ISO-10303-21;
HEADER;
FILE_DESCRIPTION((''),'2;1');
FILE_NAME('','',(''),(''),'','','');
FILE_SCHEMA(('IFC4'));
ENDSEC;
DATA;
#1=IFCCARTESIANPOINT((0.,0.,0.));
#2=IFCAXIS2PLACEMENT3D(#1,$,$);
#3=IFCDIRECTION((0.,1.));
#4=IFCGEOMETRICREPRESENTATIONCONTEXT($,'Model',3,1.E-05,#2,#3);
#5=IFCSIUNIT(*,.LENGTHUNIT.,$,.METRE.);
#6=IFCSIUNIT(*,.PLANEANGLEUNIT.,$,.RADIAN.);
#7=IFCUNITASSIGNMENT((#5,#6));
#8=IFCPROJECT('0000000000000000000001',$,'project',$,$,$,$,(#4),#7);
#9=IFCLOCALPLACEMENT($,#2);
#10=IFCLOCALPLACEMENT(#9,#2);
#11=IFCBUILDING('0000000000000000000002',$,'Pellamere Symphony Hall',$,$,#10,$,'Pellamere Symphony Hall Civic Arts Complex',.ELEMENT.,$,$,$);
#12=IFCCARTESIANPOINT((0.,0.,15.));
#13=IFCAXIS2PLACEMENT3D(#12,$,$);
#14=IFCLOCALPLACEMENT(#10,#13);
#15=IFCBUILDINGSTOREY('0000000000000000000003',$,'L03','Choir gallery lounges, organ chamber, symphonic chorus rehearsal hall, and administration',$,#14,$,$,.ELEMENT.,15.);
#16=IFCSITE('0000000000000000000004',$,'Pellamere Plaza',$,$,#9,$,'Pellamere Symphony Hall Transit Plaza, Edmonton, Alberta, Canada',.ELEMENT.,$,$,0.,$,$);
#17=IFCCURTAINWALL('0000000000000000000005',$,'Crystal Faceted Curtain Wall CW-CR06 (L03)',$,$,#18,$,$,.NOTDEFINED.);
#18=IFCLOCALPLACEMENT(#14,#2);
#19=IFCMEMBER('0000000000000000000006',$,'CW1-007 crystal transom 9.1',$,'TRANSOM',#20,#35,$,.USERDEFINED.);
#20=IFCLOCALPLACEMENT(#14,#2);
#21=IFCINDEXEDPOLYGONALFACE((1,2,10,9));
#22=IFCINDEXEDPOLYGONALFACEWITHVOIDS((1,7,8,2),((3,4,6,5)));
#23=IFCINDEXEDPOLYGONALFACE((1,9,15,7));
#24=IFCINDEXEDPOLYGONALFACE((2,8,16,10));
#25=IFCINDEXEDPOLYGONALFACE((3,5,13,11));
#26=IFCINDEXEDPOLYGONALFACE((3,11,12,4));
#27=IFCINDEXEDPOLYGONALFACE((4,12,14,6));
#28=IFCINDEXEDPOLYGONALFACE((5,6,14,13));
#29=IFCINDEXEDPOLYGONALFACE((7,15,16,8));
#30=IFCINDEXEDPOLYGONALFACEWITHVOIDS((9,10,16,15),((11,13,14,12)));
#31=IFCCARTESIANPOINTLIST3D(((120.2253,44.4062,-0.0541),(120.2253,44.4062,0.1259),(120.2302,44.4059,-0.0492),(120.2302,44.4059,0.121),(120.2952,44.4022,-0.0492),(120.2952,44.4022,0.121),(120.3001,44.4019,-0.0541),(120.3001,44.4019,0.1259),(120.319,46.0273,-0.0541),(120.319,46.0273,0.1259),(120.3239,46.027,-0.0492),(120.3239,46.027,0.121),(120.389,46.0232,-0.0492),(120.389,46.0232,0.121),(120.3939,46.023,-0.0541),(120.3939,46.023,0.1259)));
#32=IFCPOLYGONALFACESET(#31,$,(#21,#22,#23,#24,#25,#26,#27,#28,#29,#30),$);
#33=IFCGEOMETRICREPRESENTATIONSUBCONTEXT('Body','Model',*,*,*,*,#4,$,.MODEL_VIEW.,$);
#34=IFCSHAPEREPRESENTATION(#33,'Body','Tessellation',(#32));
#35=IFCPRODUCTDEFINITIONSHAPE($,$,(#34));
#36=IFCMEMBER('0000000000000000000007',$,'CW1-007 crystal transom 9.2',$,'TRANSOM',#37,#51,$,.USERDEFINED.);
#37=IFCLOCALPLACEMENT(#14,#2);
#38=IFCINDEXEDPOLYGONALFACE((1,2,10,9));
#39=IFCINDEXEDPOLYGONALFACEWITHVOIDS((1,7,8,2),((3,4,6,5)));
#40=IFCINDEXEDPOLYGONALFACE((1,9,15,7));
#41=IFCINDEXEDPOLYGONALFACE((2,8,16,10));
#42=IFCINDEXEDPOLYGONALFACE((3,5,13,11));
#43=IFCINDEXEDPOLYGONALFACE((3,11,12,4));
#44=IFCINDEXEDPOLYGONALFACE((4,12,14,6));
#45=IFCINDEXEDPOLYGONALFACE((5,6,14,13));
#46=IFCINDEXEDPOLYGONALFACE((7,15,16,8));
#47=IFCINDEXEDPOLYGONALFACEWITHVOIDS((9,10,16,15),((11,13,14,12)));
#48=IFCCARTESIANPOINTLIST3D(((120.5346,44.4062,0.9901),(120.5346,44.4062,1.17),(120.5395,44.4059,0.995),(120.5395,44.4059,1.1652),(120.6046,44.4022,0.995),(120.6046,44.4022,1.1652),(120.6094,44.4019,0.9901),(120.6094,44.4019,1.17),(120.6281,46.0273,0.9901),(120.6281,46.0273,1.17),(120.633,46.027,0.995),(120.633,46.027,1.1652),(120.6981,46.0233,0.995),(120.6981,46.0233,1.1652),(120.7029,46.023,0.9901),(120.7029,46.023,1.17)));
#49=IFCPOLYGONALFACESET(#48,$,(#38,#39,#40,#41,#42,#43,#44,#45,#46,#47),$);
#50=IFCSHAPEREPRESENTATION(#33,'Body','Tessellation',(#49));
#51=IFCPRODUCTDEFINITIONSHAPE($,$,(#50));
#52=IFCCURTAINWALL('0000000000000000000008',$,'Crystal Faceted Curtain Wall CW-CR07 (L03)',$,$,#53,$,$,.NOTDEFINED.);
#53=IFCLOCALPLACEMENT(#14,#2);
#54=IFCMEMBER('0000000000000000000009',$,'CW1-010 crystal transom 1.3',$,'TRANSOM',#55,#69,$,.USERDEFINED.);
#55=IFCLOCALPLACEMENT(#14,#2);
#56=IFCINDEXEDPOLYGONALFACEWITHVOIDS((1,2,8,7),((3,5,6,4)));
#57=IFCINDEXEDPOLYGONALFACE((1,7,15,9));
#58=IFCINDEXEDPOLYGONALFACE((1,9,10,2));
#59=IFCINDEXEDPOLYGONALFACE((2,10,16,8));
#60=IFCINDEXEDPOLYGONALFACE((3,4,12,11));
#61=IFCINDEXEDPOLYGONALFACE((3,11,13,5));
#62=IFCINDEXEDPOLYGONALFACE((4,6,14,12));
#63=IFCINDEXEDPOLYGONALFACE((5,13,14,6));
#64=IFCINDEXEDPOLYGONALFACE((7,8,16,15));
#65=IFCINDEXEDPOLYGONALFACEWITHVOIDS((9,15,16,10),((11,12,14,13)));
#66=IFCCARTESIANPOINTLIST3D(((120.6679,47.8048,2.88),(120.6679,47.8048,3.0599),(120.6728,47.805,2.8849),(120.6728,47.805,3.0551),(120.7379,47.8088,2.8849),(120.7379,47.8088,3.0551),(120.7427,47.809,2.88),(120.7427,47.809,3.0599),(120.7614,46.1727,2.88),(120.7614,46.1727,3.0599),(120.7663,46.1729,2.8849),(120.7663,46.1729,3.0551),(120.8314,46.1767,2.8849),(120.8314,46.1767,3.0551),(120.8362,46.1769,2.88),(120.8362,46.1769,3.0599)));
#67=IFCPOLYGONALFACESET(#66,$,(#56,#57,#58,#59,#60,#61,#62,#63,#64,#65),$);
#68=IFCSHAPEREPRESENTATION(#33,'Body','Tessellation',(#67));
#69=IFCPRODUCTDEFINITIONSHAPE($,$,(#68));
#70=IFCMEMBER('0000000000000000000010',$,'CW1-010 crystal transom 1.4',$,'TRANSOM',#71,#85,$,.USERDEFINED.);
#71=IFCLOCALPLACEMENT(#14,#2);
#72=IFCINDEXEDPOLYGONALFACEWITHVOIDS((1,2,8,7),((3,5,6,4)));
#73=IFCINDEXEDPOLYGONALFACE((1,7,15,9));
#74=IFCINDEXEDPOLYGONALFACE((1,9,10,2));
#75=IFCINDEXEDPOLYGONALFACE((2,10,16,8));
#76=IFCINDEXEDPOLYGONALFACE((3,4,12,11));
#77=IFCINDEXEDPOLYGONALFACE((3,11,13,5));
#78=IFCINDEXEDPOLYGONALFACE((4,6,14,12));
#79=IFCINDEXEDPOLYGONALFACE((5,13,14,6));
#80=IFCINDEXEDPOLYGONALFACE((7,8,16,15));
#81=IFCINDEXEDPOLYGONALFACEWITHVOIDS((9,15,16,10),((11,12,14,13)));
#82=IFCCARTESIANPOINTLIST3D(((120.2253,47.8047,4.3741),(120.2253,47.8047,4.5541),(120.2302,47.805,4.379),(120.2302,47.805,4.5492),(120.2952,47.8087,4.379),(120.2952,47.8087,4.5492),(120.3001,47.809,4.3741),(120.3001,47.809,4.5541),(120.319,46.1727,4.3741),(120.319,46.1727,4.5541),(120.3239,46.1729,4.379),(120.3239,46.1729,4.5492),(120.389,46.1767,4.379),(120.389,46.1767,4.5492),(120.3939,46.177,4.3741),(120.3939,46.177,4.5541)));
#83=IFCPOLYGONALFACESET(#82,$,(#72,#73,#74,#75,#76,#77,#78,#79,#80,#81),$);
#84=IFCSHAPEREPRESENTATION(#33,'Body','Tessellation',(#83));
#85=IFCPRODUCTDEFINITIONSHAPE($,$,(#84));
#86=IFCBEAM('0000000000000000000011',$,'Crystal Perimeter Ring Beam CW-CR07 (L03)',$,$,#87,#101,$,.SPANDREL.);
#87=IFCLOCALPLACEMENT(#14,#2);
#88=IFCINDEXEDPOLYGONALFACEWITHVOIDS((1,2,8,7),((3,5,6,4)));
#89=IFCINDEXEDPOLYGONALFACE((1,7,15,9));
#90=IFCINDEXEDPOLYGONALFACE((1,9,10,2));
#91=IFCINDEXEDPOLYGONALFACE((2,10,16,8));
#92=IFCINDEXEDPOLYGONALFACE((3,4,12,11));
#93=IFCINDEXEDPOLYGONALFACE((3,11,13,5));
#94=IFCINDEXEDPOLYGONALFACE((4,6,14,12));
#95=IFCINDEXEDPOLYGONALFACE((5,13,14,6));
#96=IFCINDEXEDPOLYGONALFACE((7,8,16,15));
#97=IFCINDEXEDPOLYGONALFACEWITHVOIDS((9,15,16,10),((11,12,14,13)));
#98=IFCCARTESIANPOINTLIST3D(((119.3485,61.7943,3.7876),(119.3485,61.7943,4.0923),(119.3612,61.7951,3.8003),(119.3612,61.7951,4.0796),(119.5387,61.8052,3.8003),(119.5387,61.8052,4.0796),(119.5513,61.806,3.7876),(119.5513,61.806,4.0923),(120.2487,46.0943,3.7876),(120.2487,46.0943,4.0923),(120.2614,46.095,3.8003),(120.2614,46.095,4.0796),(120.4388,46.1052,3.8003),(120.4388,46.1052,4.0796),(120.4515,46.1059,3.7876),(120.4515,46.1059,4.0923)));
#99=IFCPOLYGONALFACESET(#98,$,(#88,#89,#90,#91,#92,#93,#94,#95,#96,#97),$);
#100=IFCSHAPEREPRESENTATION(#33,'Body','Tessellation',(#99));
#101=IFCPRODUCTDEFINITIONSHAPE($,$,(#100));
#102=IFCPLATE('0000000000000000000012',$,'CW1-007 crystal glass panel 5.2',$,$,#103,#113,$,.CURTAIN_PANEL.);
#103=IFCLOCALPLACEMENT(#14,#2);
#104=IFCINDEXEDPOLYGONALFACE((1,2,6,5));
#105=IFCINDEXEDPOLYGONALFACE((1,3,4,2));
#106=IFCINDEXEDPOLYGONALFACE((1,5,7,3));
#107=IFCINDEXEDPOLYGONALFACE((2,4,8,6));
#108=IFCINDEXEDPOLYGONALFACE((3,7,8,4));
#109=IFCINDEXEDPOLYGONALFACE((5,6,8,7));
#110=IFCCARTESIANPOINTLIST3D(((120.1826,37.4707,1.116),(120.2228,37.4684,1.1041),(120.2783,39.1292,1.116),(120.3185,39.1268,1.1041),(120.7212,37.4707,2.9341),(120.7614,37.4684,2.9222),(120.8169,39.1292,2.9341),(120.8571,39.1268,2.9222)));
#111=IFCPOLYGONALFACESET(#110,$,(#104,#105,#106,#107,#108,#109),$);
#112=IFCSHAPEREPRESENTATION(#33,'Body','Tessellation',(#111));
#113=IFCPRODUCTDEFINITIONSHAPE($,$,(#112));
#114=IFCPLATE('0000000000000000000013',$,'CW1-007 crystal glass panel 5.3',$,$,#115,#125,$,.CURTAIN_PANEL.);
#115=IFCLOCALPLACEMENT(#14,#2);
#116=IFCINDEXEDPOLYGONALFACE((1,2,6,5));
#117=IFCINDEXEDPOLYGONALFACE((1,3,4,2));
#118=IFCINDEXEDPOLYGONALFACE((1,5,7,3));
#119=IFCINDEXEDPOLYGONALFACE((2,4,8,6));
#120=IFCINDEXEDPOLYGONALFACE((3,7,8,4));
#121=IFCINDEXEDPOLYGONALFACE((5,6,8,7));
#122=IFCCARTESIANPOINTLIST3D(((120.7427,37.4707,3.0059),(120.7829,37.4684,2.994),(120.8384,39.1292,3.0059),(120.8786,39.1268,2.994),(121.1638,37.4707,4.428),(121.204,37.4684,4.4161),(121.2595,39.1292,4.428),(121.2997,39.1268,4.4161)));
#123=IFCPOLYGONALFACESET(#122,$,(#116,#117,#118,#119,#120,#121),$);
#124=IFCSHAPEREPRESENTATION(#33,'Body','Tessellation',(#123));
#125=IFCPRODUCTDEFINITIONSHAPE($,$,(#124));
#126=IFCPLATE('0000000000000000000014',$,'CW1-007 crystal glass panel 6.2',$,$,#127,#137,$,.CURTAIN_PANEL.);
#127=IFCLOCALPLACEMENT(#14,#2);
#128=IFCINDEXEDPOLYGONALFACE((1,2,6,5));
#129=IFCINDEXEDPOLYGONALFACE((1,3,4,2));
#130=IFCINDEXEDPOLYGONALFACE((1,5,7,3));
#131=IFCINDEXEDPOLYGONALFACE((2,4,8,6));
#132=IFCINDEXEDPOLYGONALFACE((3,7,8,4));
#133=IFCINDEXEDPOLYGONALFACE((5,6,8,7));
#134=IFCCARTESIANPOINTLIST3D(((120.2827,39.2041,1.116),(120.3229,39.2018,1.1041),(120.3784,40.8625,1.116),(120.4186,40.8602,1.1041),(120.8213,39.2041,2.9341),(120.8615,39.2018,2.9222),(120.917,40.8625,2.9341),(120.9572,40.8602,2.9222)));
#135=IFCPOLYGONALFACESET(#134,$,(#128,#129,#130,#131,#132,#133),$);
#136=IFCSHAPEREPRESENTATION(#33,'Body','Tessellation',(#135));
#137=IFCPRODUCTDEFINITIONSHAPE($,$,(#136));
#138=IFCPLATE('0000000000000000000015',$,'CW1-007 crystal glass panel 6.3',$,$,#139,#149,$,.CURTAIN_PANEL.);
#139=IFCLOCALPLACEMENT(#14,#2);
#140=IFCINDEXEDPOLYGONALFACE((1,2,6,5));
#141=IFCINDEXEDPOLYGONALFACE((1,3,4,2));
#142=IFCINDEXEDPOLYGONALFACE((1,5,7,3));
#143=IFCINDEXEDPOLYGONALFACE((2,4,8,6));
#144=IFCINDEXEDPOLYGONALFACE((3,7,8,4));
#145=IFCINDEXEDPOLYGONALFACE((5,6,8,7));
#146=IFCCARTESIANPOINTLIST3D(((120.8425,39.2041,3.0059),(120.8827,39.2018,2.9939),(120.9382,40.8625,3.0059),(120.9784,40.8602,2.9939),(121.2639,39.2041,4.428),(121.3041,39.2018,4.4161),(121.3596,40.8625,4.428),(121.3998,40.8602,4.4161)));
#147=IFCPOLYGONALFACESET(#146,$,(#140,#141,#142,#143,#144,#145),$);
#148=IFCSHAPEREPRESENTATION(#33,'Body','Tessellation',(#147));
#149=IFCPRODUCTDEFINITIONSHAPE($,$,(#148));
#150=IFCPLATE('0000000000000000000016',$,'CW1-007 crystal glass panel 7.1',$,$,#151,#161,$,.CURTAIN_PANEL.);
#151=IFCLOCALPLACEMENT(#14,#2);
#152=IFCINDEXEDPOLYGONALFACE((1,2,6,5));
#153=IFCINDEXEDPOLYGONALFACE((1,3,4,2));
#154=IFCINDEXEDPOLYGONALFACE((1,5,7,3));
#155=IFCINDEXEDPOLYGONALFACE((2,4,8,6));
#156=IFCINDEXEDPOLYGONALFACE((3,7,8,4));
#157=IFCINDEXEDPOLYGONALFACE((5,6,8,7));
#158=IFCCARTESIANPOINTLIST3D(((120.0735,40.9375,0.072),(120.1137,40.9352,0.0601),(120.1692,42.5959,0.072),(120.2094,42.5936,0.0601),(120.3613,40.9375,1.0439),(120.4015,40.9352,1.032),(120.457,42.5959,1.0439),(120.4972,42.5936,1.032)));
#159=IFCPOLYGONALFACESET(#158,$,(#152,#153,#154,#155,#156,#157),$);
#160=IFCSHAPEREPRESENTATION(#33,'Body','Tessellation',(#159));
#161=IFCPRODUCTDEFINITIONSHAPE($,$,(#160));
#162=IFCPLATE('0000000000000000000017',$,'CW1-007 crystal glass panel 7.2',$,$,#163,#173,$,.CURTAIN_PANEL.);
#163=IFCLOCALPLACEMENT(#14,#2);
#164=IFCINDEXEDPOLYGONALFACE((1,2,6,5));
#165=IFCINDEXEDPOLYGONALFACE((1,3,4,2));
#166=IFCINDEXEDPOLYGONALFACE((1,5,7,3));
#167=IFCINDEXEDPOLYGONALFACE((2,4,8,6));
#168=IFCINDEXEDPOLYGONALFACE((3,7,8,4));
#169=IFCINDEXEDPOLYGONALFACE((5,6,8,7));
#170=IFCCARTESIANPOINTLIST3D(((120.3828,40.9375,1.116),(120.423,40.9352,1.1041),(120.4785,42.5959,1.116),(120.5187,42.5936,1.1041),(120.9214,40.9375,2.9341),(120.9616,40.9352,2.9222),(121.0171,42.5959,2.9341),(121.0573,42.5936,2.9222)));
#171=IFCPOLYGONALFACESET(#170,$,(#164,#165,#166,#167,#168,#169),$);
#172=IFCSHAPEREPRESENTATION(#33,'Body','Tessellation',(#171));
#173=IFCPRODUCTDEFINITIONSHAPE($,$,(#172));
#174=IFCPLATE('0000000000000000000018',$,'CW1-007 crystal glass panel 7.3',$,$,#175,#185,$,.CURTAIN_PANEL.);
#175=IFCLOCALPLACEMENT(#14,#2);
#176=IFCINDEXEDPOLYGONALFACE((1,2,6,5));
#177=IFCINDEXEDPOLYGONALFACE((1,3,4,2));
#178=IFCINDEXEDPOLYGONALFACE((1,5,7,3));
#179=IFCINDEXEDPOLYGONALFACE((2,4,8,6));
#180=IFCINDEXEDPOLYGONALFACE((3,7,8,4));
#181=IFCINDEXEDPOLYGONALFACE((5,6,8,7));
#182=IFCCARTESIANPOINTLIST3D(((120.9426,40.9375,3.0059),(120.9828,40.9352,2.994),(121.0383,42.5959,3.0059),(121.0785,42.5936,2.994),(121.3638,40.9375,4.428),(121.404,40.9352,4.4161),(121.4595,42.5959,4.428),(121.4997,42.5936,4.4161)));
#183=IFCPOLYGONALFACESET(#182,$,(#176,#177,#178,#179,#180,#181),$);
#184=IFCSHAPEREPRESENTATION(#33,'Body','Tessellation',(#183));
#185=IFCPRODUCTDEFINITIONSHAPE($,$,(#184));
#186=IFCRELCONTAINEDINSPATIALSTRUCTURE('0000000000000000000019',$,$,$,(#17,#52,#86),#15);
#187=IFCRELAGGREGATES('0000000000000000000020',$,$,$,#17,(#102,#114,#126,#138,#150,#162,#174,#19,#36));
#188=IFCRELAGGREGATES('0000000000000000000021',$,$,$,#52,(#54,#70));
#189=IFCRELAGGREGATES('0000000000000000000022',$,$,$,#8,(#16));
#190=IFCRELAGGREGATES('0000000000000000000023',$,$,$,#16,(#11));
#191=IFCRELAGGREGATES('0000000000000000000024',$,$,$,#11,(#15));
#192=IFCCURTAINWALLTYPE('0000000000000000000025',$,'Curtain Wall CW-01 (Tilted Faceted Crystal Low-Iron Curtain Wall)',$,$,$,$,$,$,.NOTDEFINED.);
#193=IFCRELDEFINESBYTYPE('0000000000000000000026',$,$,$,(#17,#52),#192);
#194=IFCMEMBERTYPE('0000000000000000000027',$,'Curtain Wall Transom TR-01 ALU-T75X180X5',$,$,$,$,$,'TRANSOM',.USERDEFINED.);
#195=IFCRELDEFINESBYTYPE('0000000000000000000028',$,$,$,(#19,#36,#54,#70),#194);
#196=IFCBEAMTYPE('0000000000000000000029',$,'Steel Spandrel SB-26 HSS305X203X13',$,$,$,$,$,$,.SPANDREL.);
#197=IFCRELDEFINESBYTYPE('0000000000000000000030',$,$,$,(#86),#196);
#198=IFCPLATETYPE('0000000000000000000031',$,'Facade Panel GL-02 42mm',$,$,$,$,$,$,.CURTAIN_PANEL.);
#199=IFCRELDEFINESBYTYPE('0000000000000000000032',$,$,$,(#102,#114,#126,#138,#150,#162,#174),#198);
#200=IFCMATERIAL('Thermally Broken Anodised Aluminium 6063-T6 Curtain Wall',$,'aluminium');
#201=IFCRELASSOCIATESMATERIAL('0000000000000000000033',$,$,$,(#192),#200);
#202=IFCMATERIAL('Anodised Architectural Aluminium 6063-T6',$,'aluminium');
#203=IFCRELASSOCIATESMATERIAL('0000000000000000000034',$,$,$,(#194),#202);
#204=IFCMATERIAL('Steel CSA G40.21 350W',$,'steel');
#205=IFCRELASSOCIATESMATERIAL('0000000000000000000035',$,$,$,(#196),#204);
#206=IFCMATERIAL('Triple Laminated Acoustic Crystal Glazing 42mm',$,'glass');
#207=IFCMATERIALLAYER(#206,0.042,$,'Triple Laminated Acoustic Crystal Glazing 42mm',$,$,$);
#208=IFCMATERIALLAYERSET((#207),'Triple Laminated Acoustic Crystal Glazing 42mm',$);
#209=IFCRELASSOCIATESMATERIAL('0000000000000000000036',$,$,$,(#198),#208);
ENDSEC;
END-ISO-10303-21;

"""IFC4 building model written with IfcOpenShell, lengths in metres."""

from ifc_helpers import new_model, si_unit, direction, frame, origin, origin_2d, place, context, subcontext, project, spatial, polyline, hollow_rectangle, outline, extrude, material, layer, layer_set, material_profile, profile_set, type_object, element, aggregate, save


model = new_model("IFC4")

# Units and contexts
model_context = context("Model", 3, precision=1e-05, world=origin(), true_north=direction((0.0, 1.0)))
body_context = subcontext(model_context, "Body", "Model", "MODEL_VIEW")
ifc_project = project(units=[si_unit("LENGTHUNIT", "METRE"), si_unit("PLANEANGLEUNIT", "RADIAN")], contexts=[model_context])

# Site, building, storey
site_placement = place(None, origin())
site = spatial("IfcSite", under=ifc_project, at=site_placement, Name="Pellamere Plaza", LongName="Pellamere Symphony Hall Transit Plaza, Edmonton, Alberta, Canada", CompositionType="ELEMENT", RefElevation=0.0)
building_placement = place(site_placement, origin())
building = spatial("IfcBuilding", under=site, at=building_placement, Name="Pellamere Symphony Hall", LongName="Pellamere Symphony Hall Civic Arts Complex", CompositionType="ELEMENT")
storey_placement = place(building_placement, frame((0.0, 0.0, 15.0)))
storey = spatial("IfcBuildingStorey", under=building, at=storey_placement, Name="L03", Description="Choir gallery lounges, organ chamber, symphonic chorus rehearsal hall, and administration", CompositionType="ELEMENT", Elevation=15.0)

# Curtain walls, members
ifc_material_1 = material(Name="Thermally Broken Anodised Aluminium 6063-T6 Curtain Wall", Category="aluminium")
curtain_wall_type = type_object("IfcCurtainWallType", Name="Curtain Wall CW-01 (Tilted Faceted Crystal Low-Iron Curtain Wall)", PredefinedType="NOTDEFINED", material=ifc_material_1)
curtain_wall_1_placement = place(storey_placement, origin())
curtain_wall_1 = element("IfcCurtainWall", 1, at=curtain_wall_1_placement, inside=storey, type_object=curtain_wall_type, Name="Crystal Faceted Curtain Wall CW-CR06 (L03)", PredefinedType="NOTDEFINED")
ifc_material_2 = material(Name="Anodised Architectural Aluminium 6063-T6", Category="aluminium")
ifc_material_profile_1 = material_profile(ifc_material_2, hollow_rectangle(XDim=0.075, YDim=0.1799, WallThickness=0.0049, at=origin_2d()), Name="ALU-T75X180X5")
ifc_profile_set_1 = profile_set([ifc_material_profile_1], Name="Anodised Architectural Aluminium 6063-T6")
member_type_1 = type_object("IfcMemberType", Name="Curtain Wall Transom TR-01 ALU-T75X180X5", ElementType="TRANSOM", PredefinedType="USERDEFINED", material=ifc_profile_set_1)
member_1_placement = place(storey_placement, frame((120.2627, 44.4041, 0.0359), z_axis=(0.057735, 0.998332, 0.0), x_axis=(-0.998332, 0.057735, 0.0)))
member_1 = element("IfcMember", 2, at=member_1_placement, type_object=member_type_1, Name="CW1-007 crystal transom 9.1", ObjectType="TRANSOM", PredefinedType="USERDEFINED", context=body_context, shape_type="SweptSolid", body=[
    extrude(hollow_rectangle(XDim=0.075, YDim=0.1799, WallThickness=0.0049, at=origin_2d()), origin(), (0.0, 0.0, 1.0), 1.6238),
])
member_2_placement = place(storey_placement, frame((120.572, 44.4041, 1.0801), z_axis=(0.057585, 0.998341, 0.0), x_axis=(-0.998341, 0.057585, 0.0)))
member_2 = element("IfcMember", 3, at=member_2_placement, type_object=member_type_1, Name="CW1-007 crystal transom 9.2", ObjectType="TRANSOM", PredefinedType="USERDEFINED", context=body_context, shape_type="SweptSolid", body=[
    extrude(hollow_rectangle(XDim=0.075, YDim=0.1799, WallThickness=0.0049, at=origin_2d()), origin(), (0.0, 0.0, 1.0), 1.6238),
])
curtain_wall_2_placement = place(storey_placement, origin())
curtain_wall_2 = element("IfcCurtainWall", 4, at=curtain_wall_2_placement, inside=storey, type_object=curtain_wall_type, Name="Crystal Faceted Curtain Wall CW-CR07 (L03)", PredefinedType="NOTDEFINED")
member_3_placement = place(storey_placement, frame((120.7988, 46.1748, 2.97), z_axis=(-0.057199, 0.998363, 0.0), x_axis=(-0.998363, -0.057199, 0.0)))
member_3 = element("IfcMember", 5, at=member_3_placement, type_object=member_type_1, Name="CW1-010 crystal transom 1.3", ObjectType="TRANSOM", PredefinedType="USERDEFINED", context=body_context, shape_type="SweptSolid", body=[
    extrude(hollow_rectangle(XDim=0.075, YDim=0.1799, WallThickness=0.0049, at=origin_2d()), origin(), (0.0, 0.0, 1.0), 1.6348),
])
member_4_placement = place(storey_placement, frame((120.3564, 46.1748, 4.4641), z_axis=(-0.057348, 0.998354, 0.0), x_axis=(-0.998354, -0.057348, 0.0)))
member_4 = element("IfcMember", 6, at=member_4_placement, type_object=member_type_1, Name="CW1-010 crystal transom 1.4", ObjectType="TRANSOM", PredefinedType="USERDEFINED", context=body_context, shape_type="SweptSolid", body=[
    extrude(hollow_rectangle(XDim=0.075, YDim=0.1799, WallThickness=0.0049, at=origin_2d()), origin(), (0.0, 0.0, 1.0), 1.6348),
])

# Beam
ifc_material_3 = material(Name="Steel CSA G40.21 350W", Category="steel")
ifc_material_profile_2 = material_profile(ifc_material_3, hollow_rectangle(XDim=0.2031, YDim=0.3047, WallThickness=0.0127, at=origin_2d()), Name="HSS305X203X13")
ifc_profile_set_2 = profile_set([ifc_material_profile_2], Name="Steel CSA G40.21 350W")
beam_type = type_object("IfcBeamType", Name="Steel Spandrel SB-26 HSS305X203X13", PredefinedType="SPANDREL", material=ifc_profile_set_2)
beam_placement = place(storey_placement, frame((120.3501, 46.1001, 3.9399), z_axis=(-0.05724, 0.99836, 0.0), x_axis=(-0.99836, -0.05724, 0.0)))
element("IfcBeam", 7, at=beam_placement, inside=storey, type_object=beam_type, Name="Crystal Perimeter Ring Beam CW-CR07 (L03)", PredefinedType="SPANDREL", context=body_context, shape_type="SweptSolid", body=[
    extrude(hollow_rectangle(XDim=0.2031, YDim=0.3047, WallThickness=0.0127, at=origin_2d()), origin(), (0.0, 0.0, 1.0), 15.7258),
])

# Plates
ifc_material_4 = material(Name="Triple Laminated Acoustic Crystal Glazing 42mm", Category="glass")
ifc_layer_1 = layer(ifc_material_4, 0.042, Name="Triple Laminated Acoustic Crystal Glazing 42mm")
ifc_layer_set_1 = layer_set([ifc_layer_1], Name="Triple Laminated Acoustic Crystal Glazing 42mm")
plate_type_1 = type_object("IfcPlateType", Name="Facade Panel GL-02 42mm", PredefinedType="CURTAIN_PANEL", material=ifc_layer_set_1)
plate_1_placement = place(storey_placement, frame((120.1826, 37.4707, 1.116), z_axis=(-0.957352, 0.055245, 0.283593), x_axis=(0.057611, 0.998339, 0.0)))
plate_1 = element("IfcPlate", 8, at=plate_1_placement, type_object=plate_type_1, Name="CW1-007 crystal glass panel 5.2", PredefinedType="CURTAIN_PANEL", context=body_context, shape_type="SweptSolid", body=[
    extrude(outline(polyline([(0.0, 0.0), (1.6612, 0.0), (1.6922, -1.896), (0.031, -1.896), (0.0, 0.0)])), origin(), (0.0, 0.0, -1.0), 0.042),
])
plate_2_placement = place(storey_placement, frame((120.7427, 37.4707, 3.0059), z_axis=(-0.957375, 0.055247, 0.283515), x_axis=(0.057611, 0.998339, 0.0)))
plate_2 = element("IfcPlate", 9, at=plate_2_placement, type_object=plate_type_1, Name="CW1-007 crystal glass panel 5.3", PredefinedType="CURTAIN_PANEL", context=body_context, shape_type="SweptSolid", body=[
    extrude(outline(polyline([(0.0, 0.0), (1.6612, 0.0), (1.6855, -1.483), (0.0243, -1.483), (0.0, 0.0)])), origin(), (0.0, 0.0, -1.0), 0.042),
])
plate_3_placement = place(storey_placement, frame((120.2827, 39.2041, 1.116), z_axis=(-0.957352, 0.055245, 0.283593), x_axis=(0.057611, 0.998339, 0.0)))
plate_3 = element("IfcPlate", 10, at=plate_3_placement, type_object=plate_type_1, Name="CW1-007 crystal glass panel 6.2", PredefinedType="CURTAIN_PANEL", context=body_context, shape_type="SweptSolid", body=[
    extrude(outline(polyline([(0.0, 0.0), (1.6612, 0.0), (1.6922, -1.896), (0.031, -1.896), (0.0, 0.0)])), origin(), (0.0, 0.0, -1.0), 0.042),
])
plate_4_placement = place(storey_placement, frame((120.8425, 39.2041, 3.0059), z_axis=(-0.957331, 0.055244, 0.283666), x_axis=(0.057611, 0.998339, 0.0)))
plate_4 = element("IfcPlate", 11, at=plate_4_placement, type_object=plate_type_1, Name="CW1-007 crystal glass panel 6.3", PredefinedType="CURTAIN_PANEL", context=body_context, shape_type="SweptSolid", body=[
    extrude(outline(polyline([(0.0, 0.0), (1.6612, 0.0), (1.6855, -1.483), (0.0243, -1.483), (0.0, 0.0)])), origin(), (0.0, 0.0, -1.0), 0.042),
])
plate_5_placement = place(storey_placement, frame((120.0735, 40.9375, 0.072), z_axis=(-0.95737, 0.055246, 0.283532), x_axis=(0.057611, 0.998339, 0.0)))
plate_5 = element("IfcPlate", 12, at=plate_5_placement, type_object=plate_type_1, Name="CW1-007 crystal glass panel 7.1", PredefinedType="CURTAIN_PANEL", context=body_context, shape_type="SweptSolid", body=[
    extrude(outline(polyline([(0.0, 0.0), (1.6612, 0.0), (1.6778, -1.0135), (0.0166, -1.0135), (0.0, 0.0)])), origin(), (0.0, 0.0, -1.0), 0.042),
])
plate_6_placement = place(storey_placement, frame((120.3828, 40.9375, 1.116), z_axis=(-0.957352, 0.055245, 0.283593), x_axis=(0.057611, 0.998339, 0.0)))
plate_6 = element("IfcPlate", 13, at=plate_6_placement, type_object=plate_type_1, Name="CW1-007 crystal glass panel 7.2", PredefinedType="CURTAIN_PANEL", context=body_context, shape_type="SweptSolid", body=[
    extrude(outline(polyline([(0.0, 0.0), (1.6612, 0.0), (1.6922, -1.896), (0.031, -1.896), (0.0, 0.0)])), origin(), (0.0, 0.0, -1.0), 0.042),
])
plate_7_placement = place(storey_placement, frame((120.9426, 40.9375, 3.0059), z_axis=(-0.957375, 0.055247, 0.283515), x_axis=(0.057611, 0.998339, 0.0)))
plate_7 = element("IfcPlate", 14, at=plate_7_placement, type_object=plate_type_1, Name="CW1-007 crystal glass panel 7.3", PredefinedType="CURTAIN_PANEL", context=body_context, shape_type="SweptSolid", body=[
    extrude(outline(polyline([(0.0, 0.0), (1.6612, 0.0), (1.6855, -1.483), (0.0243, -1.483), (0.0, 0.0)])), origin(), (0.0, 0.0, -1.0), 0.042),
])
aggregate(curtain_wall_1, [plate_1, plate_2, plate_3, plate_4, plate_5, plate_6, plate_7, member_1, member_2])
aggregate(curtain_wall_2, [member_3, member_4])

save(model, "model.ifc")
